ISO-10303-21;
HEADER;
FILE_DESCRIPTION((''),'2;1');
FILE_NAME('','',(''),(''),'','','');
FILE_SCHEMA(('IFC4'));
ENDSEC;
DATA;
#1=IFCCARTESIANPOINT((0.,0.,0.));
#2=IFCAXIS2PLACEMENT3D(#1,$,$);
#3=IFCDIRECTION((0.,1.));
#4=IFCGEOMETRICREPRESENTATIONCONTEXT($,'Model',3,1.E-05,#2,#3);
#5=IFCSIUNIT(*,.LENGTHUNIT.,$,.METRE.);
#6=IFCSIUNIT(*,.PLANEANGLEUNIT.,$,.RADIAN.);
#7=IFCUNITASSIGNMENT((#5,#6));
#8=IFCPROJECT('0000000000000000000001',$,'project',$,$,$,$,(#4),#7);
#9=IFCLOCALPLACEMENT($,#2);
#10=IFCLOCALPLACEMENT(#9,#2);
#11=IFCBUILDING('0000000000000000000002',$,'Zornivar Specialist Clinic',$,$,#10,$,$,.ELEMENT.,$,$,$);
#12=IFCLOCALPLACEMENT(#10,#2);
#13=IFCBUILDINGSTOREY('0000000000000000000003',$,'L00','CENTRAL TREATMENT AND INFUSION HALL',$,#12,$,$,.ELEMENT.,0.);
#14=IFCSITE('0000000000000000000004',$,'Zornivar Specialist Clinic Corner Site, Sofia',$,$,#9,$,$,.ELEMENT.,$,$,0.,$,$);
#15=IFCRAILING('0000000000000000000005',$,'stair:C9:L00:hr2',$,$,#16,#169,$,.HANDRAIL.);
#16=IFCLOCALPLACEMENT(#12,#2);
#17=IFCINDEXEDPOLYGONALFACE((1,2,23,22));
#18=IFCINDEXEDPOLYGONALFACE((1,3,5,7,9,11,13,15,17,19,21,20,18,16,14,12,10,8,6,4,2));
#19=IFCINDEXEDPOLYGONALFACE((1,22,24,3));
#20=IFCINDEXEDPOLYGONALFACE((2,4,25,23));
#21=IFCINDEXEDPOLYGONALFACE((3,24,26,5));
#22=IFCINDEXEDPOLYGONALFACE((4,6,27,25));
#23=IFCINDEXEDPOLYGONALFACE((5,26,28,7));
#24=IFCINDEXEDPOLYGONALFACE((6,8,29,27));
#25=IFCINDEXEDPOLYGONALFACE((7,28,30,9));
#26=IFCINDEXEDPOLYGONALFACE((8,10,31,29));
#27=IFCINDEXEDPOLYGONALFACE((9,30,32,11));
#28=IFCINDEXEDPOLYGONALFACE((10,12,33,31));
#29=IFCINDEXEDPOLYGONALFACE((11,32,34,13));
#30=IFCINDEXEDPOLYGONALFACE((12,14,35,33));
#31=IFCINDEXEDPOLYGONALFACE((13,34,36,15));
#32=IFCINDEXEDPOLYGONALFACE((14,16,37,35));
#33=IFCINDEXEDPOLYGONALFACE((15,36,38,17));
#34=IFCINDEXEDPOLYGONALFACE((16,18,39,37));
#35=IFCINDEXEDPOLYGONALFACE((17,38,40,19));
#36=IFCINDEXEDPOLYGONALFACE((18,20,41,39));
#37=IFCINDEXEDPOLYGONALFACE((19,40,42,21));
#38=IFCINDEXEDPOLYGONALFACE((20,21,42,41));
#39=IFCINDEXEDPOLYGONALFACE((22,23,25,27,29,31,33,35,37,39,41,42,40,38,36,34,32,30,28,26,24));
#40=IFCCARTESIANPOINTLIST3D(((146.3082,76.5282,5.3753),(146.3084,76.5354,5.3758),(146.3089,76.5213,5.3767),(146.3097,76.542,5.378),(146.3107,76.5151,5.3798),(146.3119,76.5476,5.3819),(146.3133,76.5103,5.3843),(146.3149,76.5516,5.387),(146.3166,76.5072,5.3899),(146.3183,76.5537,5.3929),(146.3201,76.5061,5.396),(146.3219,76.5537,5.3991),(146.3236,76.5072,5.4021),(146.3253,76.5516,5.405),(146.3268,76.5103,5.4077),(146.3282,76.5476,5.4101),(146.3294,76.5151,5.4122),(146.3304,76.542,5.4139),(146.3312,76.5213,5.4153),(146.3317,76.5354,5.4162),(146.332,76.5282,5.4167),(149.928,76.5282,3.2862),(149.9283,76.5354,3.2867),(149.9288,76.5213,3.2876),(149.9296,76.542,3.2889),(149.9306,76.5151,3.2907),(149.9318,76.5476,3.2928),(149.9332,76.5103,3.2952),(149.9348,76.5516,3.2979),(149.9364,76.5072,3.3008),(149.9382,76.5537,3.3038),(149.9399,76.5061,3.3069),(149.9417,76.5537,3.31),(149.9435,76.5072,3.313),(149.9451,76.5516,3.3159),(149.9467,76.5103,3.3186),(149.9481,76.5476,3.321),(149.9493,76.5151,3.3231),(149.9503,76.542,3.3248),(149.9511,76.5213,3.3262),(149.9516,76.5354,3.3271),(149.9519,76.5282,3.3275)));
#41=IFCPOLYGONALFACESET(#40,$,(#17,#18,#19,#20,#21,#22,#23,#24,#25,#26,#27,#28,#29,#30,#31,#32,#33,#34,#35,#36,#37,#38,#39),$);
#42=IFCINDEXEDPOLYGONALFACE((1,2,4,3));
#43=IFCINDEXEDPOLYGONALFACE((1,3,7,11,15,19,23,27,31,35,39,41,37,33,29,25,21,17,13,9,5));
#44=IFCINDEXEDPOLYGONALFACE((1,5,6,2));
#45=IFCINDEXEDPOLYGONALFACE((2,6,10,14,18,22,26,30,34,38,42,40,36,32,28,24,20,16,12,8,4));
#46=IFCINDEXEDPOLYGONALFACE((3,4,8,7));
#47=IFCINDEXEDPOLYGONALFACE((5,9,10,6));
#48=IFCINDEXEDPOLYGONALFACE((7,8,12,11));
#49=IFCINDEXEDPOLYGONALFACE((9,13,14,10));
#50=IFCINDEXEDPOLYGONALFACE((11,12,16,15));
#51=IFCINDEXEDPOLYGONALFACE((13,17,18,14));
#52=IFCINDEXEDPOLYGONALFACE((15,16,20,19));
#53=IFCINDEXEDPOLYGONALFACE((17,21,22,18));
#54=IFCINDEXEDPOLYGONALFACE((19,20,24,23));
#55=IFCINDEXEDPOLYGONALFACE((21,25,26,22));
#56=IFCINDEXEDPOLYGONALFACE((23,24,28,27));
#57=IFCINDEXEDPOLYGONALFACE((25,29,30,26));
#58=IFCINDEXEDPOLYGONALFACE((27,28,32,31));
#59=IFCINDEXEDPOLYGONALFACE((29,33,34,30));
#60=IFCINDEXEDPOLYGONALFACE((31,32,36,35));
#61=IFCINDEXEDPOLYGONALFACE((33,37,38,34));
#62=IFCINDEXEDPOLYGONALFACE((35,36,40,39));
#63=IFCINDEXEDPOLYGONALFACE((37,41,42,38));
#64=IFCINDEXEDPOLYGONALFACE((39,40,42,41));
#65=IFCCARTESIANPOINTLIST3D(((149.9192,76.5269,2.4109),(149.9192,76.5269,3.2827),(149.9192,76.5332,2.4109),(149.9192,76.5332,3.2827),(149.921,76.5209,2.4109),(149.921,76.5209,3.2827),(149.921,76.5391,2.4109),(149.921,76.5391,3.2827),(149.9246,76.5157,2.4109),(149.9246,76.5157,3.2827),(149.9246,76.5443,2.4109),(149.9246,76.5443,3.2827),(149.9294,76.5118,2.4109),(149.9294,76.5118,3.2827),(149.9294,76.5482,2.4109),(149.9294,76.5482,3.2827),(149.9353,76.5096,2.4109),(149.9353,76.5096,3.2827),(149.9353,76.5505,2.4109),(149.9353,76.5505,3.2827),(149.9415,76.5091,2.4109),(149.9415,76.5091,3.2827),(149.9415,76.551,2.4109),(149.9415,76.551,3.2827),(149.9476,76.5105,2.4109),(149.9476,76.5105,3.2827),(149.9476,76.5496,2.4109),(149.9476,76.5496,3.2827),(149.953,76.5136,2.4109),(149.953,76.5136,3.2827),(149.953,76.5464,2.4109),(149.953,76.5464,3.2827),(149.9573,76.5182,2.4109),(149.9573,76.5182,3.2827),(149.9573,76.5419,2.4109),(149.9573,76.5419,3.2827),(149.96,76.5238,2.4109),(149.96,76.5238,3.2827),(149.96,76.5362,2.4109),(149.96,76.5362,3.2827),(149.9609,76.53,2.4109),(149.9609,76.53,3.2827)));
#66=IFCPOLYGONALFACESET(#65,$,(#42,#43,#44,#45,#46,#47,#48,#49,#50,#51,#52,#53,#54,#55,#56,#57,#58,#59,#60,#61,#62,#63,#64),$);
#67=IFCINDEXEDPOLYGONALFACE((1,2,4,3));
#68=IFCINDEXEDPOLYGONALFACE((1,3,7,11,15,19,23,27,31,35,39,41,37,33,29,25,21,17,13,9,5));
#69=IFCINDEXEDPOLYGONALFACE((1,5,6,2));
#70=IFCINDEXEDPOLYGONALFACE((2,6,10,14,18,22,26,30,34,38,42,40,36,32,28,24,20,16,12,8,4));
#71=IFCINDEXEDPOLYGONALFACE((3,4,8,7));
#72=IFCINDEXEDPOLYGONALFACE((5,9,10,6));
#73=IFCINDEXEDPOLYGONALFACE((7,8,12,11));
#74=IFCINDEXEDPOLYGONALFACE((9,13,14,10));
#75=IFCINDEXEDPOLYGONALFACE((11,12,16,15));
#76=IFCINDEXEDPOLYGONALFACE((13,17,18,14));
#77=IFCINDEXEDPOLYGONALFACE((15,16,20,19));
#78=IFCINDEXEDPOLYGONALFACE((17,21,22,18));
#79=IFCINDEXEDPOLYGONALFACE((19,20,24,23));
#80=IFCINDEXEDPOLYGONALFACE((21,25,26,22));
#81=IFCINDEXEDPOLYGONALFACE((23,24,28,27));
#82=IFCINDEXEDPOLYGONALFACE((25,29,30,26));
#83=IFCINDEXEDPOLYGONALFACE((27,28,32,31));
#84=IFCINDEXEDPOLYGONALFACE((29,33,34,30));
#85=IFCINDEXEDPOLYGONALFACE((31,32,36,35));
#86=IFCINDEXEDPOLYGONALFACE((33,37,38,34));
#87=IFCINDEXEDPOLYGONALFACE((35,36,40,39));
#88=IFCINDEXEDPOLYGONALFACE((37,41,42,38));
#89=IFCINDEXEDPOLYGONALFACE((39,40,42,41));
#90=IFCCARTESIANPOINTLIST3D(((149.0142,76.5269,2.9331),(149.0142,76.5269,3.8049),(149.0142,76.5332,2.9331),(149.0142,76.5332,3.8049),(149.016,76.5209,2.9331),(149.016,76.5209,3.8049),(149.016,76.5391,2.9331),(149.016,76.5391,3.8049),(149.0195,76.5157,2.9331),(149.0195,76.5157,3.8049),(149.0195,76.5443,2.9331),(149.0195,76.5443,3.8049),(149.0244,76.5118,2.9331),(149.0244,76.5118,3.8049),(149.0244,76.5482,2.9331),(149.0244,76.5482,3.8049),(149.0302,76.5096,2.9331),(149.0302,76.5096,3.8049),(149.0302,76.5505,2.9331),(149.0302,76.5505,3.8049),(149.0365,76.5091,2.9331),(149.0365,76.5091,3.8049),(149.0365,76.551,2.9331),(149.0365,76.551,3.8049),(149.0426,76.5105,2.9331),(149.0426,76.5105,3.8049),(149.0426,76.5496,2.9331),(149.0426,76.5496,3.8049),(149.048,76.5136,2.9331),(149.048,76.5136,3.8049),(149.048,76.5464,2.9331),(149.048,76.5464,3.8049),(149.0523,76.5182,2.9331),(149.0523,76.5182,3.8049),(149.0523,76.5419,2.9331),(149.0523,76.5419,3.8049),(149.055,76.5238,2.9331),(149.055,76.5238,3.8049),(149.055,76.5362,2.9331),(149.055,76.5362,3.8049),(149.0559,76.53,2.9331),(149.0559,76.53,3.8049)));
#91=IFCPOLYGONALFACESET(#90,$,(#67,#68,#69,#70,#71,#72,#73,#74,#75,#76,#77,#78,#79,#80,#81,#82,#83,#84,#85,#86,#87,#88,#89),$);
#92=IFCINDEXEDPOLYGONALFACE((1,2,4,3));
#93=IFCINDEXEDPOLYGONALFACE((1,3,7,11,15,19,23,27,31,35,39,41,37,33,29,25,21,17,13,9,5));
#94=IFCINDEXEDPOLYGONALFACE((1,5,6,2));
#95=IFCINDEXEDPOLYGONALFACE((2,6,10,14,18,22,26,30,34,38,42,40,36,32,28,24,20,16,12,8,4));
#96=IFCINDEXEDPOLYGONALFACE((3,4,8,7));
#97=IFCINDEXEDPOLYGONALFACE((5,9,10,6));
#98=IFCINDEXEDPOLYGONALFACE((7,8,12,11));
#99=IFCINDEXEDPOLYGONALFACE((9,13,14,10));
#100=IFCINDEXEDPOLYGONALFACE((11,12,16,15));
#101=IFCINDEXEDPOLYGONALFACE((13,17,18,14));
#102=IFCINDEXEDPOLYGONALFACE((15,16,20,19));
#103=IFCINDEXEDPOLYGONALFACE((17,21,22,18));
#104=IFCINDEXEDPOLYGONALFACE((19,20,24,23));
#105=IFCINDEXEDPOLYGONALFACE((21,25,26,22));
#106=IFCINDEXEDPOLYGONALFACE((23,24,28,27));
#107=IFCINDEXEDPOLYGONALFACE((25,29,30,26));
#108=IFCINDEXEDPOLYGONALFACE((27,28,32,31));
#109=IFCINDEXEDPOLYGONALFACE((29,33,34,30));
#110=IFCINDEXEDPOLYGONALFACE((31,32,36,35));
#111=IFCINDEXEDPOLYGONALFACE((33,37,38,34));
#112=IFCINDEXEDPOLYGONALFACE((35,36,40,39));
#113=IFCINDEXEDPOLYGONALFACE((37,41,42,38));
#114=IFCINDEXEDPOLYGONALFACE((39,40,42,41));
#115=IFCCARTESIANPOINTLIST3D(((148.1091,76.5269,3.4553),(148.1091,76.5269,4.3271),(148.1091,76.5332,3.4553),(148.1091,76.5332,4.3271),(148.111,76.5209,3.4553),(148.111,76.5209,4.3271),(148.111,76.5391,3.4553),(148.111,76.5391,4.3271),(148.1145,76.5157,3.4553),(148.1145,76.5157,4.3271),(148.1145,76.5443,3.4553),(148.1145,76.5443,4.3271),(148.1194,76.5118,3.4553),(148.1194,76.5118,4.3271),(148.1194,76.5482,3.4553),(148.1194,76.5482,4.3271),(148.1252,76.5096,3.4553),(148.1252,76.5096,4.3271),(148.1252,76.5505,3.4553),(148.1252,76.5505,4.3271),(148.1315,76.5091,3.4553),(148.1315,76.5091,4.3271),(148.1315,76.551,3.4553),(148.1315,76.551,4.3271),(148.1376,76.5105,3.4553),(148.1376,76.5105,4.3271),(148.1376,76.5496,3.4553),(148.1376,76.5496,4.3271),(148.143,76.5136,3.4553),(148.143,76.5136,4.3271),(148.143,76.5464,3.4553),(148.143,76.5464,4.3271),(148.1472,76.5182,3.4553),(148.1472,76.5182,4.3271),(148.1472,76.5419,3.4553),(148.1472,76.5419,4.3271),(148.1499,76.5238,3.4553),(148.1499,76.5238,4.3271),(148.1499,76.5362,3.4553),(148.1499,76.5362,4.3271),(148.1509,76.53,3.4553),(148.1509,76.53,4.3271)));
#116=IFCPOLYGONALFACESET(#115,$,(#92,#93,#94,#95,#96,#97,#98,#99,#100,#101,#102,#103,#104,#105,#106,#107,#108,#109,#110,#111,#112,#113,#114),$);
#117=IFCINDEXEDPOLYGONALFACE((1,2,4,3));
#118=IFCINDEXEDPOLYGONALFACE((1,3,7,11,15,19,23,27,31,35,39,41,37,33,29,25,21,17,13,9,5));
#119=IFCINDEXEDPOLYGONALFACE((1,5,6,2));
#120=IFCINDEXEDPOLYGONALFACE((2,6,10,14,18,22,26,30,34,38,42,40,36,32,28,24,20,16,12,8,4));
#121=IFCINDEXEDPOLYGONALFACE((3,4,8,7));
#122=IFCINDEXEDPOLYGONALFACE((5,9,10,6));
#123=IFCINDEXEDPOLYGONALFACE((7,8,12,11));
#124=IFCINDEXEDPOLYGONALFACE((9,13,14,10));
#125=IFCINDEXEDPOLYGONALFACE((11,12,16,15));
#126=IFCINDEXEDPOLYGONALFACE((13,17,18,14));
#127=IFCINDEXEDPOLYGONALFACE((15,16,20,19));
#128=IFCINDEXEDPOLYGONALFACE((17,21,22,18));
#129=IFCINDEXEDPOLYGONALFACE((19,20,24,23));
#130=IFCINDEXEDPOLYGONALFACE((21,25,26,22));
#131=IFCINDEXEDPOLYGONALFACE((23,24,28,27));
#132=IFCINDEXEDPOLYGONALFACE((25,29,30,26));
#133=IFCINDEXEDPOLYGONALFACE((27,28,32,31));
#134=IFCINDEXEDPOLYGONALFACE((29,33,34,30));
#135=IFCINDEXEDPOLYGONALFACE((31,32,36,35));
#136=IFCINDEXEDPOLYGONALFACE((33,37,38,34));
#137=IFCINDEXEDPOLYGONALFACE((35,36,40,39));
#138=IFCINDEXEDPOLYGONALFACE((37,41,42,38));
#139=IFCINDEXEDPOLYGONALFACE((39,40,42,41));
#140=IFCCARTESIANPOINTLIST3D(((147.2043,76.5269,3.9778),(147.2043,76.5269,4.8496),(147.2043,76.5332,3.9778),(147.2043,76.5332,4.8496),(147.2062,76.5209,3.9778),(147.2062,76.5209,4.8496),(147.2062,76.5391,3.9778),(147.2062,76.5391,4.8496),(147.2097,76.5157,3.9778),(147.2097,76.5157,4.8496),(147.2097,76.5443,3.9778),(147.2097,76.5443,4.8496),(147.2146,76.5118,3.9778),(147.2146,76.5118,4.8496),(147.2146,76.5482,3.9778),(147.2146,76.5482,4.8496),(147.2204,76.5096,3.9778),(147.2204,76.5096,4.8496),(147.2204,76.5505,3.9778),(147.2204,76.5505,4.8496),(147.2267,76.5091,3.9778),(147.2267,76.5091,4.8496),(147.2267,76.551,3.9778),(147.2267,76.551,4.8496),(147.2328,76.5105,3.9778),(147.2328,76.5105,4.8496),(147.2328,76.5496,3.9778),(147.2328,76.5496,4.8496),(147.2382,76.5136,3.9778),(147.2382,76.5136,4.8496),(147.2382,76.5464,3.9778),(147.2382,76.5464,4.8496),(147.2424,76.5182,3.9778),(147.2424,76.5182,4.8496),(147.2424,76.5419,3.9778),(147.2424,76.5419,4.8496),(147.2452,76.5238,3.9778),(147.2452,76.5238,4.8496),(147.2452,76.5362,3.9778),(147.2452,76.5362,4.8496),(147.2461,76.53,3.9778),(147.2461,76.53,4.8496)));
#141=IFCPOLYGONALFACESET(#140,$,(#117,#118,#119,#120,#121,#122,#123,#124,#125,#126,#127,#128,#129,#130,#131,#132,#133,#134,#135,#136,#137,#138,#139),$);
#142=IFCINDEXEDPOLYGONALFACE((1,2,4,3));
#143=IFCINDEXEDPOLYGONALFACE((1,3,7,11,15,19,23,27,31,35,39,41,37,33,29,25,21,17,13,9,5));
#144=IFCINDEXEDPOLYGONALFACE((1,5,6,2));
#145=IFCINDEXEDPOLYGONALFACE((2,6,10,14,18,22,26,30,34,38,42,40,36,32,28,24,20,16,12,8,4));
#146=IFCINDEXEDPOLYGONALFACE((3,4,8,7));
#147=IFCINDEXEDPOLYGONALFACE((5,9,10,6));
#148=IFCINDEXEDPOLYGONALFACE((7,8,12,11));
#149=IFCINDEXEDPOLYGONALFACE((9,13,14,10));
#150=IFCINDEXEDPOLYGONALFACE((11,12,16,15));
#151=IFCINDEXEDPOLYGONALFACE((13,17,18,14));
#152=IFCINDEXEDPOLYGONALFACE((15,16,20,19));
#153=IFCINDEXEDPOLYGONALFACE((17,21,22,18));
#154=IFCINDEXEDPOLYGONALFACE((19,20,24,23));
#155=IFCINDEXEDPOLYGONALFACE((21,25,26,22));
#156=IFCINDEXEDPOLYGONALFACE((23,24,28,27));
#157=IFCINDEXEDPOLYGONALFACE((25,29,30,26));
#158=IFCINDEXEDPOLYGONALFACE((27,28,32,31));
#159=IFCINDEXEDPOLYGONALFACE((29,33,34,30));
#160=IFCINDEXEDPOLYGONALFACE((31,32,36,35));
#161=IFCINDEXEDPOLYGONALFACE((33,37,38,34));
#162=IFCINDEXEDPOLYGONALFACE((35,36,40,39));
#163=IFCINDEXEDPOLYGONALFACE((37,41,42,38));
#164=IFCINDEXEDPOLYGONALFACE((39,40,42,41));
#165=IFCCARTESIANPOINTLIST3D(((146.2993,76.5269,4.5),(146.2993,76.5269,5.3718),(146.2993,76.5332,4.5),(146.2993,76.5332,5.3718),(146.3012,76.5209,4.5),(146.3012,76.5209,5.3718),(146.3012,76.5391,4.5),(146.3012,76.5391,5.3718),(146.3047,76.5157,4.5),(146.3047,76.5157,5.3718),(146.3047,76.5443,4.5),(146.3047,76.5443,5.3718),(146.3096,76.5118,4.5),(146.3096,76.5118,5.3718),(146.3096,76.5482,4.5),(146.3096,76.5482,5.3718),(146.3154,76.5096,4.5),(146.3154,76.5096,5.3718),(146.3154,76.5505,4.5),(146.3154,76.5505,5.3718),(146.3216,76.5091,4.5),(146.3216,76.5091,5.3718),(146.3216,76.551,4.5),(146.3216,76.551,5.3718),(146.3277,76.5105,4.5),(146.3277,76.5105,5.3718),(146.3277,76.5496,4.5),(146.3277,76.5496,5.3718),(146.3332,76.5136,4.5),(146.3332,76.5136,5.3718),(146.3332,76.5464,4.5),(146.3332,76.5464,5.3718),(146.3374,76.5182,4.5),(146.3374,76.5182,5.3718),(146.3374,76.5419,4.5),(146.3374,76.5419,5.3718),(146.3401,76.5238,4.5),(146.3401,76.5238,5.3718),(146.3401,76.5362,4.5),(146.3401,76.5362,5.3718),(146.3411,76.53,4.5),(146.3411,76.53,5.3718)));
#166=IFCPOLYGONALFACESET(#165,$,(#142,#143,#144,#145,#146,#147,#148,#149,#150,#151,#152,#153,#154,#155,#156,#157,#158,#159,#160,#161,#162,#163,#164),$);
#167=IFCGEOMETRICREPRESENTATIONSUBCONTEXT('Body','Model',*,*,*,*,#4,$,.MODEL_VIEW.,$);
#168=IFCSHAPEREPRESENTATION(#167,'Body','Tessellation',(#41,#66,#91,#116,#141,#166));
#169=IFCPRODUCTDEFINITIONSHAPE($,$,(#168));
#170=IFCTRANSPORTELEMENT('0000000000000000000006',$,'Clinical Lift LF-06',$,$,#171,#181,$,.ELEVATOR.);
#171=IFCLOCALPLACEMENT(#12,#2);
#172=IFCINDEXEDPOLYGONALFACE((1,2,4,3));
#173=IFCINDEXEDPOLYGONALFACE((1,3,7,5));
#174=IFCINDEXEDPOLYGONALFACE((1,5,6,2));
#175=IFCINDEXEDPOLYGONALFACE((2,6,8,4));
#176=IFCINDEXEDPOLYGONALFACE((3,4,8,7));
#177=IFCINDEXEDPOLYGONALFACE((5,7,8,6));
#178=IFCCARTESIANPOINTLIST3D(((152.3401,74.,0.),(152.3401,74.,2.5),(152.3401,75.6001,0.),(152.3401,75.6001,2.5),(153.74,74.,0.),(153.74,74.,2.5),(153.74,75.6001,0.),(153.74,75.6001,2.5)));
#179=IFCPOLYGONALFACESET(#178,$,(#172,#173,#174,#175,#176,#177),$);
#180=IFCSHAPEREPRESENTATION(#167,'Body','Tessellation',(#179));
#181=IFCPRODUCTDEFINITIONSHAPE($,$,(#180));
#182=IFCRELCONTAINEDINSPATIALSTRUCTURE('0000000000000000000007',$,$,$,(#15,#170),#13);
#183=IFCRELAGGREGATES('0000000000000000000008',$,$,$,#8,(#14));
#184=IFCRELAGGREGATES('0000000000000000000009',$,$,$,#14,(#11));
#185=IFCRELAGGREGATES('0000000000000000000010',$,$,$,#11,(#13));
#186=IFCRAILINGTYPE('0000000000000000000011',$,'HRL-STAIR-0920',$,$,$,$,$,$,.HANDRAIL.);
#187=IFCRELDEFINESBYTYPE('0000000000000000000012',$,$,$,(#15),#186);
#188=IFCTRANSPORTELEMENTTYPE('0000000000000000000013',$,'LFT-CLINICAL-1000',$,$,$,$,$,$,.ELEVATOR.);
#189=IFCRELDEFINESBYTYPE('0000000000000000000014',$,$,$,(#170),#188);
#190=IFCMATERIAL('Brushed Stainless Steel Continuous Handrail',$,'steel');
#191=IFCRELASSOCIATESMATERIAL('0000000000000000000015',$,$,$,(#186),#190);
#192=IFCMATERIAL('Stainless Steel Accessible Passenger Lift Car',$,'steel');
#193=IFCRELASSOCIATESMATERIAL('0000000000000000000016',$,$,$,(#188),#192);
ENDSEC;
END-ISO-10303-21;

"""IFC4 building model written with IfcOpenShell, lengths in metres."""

from ifc_helpers import new_model, si_unit, direction, frame, origin, origin_2d, place, context, subcontext, project, spatial, rectangle, circle, extrude, material, type_object, element, save


model = new_model("IFC4")

# Units and contexts
model_context = context("Model", 3, precision=1e-05, world=origin(), true_north=direction((0.0, 1.0)))
body_context = subcontext(model_context, "Body", "Model", "MODEL_VIEW")
ifc_project = project(units=[si_unit("LENGTHUNIT", "METRE"), si_unit("PLANEANGLEUNIT", "RADIAN")], contexts=[model_context])

# Site, building, storey
site_placement = place(None, origin())
site = spatial("IfcSite", under=ifc_project, at=site_placement, Name="Zornivar Specialist Clinic Corner Site, Sofia", CompositionType="ELEMENT", RefElevation=0.0)
building_placement = place(site_placement, origin())
building = spatial("IfcBuilding", under=site, at=building_placement, Name="Zornivar Specialist Clinic", CompositionType="ELEMENT")
storey_placement = place(building_placement, origin())
storey = spatial("IfcBuildingStorey", under=building, at=storey_placement, Name="L00", Description="CENTRAL TREATMENT AND INFUSION HALL", CompositionType="ELEMENT", Elevation=0.0)

# Railing
ifc_material_1 = material(Name="Brushed Stainless Steel Continuous Handrail", Category="steel")
railing_type_1 = type_object("IfcRailingType", Name="HRL-STAIR-0920", PredefinedType="HANDRAIL", material=ifc_material_1)
railing_1_placement = place(storey_placement, frame((149.9399, 76.53, 2.4109)))
element("IfcRailing", 1, at=railing_1_placement, inside=storey, type_object=railing_type_1, Name="stair:C9:L00:hr2", PredefinedType="HANDRAIL", context=body_context, shape_type="SweptSolid", body=[
    extrude(circle(Radius=0.0239, at=origin_2d()), frame((0.0, 0.0, 0.896), z_axis=(-0.866111, 0.0, 0.499852), x_axis=(0.0, -1.0, 0.0)), (0.0, 0.0, 1.0), 4.1794),
    extrude(circle(Radius=0.021, at=origin_2d()), origin(), (0.0, 0.0, 1.0), 0.8718),
    extrude(circle(Radius=0.021, at=origin_2d()), frame((-0.905, 0.0, 0.5222)), (0.0, 0.0, 1.0), 0.8718),
    extrude(circle(Radius=0.021, at=origin_2d()), frame((-1.8101, 0.0, 1.0444)), (0.0, 0.0, 1.0), 0.8718),
    extrude(circle(Radius=0.021, at=origin_2d()), frame((-2.7148, 0.0, 1.5669)), (0.0, 0.0, 1.0), 0.8718),
    extrude(circle(Radius=0.021, at=origin_2d()), frame((-3.6199, 0.0, 2.0891)), (0.0, 0.0, 1.0), 0.8718),
])

# Transport element
ifc_material_2 = material(Name="Stainless Steel Accessible Passenger Lift Car", Category="steel")
transport_element_type = type_object("IfcTransportElementType", Name="LFT-CLINICAL-1000", PredefinedType="ELEVATOR", material=ifc_material_2)
transport_element_placement = place(storey_placement, frame((153.04, 74.8, 0.0), z_axis=(0.0, 0.0, 1.0), x_axis=(1.0, 0.0, 0.0)))
element("IfcTransportElement", 2, at=transport_element_placement, inside=storey, type_object=transport_element_type, Name="Clinical Lift LF-06", PredefinedType="ELEVATOR", context=body_context, shape_type="SweptSolid", body=[
    extrude(rectangle(XDim=1.3999, YDim=1.6001, at=origin_2d()), origin(), (0.0, 0.0, 1.0), 2.5),
])

save(model, "model.ifc")
